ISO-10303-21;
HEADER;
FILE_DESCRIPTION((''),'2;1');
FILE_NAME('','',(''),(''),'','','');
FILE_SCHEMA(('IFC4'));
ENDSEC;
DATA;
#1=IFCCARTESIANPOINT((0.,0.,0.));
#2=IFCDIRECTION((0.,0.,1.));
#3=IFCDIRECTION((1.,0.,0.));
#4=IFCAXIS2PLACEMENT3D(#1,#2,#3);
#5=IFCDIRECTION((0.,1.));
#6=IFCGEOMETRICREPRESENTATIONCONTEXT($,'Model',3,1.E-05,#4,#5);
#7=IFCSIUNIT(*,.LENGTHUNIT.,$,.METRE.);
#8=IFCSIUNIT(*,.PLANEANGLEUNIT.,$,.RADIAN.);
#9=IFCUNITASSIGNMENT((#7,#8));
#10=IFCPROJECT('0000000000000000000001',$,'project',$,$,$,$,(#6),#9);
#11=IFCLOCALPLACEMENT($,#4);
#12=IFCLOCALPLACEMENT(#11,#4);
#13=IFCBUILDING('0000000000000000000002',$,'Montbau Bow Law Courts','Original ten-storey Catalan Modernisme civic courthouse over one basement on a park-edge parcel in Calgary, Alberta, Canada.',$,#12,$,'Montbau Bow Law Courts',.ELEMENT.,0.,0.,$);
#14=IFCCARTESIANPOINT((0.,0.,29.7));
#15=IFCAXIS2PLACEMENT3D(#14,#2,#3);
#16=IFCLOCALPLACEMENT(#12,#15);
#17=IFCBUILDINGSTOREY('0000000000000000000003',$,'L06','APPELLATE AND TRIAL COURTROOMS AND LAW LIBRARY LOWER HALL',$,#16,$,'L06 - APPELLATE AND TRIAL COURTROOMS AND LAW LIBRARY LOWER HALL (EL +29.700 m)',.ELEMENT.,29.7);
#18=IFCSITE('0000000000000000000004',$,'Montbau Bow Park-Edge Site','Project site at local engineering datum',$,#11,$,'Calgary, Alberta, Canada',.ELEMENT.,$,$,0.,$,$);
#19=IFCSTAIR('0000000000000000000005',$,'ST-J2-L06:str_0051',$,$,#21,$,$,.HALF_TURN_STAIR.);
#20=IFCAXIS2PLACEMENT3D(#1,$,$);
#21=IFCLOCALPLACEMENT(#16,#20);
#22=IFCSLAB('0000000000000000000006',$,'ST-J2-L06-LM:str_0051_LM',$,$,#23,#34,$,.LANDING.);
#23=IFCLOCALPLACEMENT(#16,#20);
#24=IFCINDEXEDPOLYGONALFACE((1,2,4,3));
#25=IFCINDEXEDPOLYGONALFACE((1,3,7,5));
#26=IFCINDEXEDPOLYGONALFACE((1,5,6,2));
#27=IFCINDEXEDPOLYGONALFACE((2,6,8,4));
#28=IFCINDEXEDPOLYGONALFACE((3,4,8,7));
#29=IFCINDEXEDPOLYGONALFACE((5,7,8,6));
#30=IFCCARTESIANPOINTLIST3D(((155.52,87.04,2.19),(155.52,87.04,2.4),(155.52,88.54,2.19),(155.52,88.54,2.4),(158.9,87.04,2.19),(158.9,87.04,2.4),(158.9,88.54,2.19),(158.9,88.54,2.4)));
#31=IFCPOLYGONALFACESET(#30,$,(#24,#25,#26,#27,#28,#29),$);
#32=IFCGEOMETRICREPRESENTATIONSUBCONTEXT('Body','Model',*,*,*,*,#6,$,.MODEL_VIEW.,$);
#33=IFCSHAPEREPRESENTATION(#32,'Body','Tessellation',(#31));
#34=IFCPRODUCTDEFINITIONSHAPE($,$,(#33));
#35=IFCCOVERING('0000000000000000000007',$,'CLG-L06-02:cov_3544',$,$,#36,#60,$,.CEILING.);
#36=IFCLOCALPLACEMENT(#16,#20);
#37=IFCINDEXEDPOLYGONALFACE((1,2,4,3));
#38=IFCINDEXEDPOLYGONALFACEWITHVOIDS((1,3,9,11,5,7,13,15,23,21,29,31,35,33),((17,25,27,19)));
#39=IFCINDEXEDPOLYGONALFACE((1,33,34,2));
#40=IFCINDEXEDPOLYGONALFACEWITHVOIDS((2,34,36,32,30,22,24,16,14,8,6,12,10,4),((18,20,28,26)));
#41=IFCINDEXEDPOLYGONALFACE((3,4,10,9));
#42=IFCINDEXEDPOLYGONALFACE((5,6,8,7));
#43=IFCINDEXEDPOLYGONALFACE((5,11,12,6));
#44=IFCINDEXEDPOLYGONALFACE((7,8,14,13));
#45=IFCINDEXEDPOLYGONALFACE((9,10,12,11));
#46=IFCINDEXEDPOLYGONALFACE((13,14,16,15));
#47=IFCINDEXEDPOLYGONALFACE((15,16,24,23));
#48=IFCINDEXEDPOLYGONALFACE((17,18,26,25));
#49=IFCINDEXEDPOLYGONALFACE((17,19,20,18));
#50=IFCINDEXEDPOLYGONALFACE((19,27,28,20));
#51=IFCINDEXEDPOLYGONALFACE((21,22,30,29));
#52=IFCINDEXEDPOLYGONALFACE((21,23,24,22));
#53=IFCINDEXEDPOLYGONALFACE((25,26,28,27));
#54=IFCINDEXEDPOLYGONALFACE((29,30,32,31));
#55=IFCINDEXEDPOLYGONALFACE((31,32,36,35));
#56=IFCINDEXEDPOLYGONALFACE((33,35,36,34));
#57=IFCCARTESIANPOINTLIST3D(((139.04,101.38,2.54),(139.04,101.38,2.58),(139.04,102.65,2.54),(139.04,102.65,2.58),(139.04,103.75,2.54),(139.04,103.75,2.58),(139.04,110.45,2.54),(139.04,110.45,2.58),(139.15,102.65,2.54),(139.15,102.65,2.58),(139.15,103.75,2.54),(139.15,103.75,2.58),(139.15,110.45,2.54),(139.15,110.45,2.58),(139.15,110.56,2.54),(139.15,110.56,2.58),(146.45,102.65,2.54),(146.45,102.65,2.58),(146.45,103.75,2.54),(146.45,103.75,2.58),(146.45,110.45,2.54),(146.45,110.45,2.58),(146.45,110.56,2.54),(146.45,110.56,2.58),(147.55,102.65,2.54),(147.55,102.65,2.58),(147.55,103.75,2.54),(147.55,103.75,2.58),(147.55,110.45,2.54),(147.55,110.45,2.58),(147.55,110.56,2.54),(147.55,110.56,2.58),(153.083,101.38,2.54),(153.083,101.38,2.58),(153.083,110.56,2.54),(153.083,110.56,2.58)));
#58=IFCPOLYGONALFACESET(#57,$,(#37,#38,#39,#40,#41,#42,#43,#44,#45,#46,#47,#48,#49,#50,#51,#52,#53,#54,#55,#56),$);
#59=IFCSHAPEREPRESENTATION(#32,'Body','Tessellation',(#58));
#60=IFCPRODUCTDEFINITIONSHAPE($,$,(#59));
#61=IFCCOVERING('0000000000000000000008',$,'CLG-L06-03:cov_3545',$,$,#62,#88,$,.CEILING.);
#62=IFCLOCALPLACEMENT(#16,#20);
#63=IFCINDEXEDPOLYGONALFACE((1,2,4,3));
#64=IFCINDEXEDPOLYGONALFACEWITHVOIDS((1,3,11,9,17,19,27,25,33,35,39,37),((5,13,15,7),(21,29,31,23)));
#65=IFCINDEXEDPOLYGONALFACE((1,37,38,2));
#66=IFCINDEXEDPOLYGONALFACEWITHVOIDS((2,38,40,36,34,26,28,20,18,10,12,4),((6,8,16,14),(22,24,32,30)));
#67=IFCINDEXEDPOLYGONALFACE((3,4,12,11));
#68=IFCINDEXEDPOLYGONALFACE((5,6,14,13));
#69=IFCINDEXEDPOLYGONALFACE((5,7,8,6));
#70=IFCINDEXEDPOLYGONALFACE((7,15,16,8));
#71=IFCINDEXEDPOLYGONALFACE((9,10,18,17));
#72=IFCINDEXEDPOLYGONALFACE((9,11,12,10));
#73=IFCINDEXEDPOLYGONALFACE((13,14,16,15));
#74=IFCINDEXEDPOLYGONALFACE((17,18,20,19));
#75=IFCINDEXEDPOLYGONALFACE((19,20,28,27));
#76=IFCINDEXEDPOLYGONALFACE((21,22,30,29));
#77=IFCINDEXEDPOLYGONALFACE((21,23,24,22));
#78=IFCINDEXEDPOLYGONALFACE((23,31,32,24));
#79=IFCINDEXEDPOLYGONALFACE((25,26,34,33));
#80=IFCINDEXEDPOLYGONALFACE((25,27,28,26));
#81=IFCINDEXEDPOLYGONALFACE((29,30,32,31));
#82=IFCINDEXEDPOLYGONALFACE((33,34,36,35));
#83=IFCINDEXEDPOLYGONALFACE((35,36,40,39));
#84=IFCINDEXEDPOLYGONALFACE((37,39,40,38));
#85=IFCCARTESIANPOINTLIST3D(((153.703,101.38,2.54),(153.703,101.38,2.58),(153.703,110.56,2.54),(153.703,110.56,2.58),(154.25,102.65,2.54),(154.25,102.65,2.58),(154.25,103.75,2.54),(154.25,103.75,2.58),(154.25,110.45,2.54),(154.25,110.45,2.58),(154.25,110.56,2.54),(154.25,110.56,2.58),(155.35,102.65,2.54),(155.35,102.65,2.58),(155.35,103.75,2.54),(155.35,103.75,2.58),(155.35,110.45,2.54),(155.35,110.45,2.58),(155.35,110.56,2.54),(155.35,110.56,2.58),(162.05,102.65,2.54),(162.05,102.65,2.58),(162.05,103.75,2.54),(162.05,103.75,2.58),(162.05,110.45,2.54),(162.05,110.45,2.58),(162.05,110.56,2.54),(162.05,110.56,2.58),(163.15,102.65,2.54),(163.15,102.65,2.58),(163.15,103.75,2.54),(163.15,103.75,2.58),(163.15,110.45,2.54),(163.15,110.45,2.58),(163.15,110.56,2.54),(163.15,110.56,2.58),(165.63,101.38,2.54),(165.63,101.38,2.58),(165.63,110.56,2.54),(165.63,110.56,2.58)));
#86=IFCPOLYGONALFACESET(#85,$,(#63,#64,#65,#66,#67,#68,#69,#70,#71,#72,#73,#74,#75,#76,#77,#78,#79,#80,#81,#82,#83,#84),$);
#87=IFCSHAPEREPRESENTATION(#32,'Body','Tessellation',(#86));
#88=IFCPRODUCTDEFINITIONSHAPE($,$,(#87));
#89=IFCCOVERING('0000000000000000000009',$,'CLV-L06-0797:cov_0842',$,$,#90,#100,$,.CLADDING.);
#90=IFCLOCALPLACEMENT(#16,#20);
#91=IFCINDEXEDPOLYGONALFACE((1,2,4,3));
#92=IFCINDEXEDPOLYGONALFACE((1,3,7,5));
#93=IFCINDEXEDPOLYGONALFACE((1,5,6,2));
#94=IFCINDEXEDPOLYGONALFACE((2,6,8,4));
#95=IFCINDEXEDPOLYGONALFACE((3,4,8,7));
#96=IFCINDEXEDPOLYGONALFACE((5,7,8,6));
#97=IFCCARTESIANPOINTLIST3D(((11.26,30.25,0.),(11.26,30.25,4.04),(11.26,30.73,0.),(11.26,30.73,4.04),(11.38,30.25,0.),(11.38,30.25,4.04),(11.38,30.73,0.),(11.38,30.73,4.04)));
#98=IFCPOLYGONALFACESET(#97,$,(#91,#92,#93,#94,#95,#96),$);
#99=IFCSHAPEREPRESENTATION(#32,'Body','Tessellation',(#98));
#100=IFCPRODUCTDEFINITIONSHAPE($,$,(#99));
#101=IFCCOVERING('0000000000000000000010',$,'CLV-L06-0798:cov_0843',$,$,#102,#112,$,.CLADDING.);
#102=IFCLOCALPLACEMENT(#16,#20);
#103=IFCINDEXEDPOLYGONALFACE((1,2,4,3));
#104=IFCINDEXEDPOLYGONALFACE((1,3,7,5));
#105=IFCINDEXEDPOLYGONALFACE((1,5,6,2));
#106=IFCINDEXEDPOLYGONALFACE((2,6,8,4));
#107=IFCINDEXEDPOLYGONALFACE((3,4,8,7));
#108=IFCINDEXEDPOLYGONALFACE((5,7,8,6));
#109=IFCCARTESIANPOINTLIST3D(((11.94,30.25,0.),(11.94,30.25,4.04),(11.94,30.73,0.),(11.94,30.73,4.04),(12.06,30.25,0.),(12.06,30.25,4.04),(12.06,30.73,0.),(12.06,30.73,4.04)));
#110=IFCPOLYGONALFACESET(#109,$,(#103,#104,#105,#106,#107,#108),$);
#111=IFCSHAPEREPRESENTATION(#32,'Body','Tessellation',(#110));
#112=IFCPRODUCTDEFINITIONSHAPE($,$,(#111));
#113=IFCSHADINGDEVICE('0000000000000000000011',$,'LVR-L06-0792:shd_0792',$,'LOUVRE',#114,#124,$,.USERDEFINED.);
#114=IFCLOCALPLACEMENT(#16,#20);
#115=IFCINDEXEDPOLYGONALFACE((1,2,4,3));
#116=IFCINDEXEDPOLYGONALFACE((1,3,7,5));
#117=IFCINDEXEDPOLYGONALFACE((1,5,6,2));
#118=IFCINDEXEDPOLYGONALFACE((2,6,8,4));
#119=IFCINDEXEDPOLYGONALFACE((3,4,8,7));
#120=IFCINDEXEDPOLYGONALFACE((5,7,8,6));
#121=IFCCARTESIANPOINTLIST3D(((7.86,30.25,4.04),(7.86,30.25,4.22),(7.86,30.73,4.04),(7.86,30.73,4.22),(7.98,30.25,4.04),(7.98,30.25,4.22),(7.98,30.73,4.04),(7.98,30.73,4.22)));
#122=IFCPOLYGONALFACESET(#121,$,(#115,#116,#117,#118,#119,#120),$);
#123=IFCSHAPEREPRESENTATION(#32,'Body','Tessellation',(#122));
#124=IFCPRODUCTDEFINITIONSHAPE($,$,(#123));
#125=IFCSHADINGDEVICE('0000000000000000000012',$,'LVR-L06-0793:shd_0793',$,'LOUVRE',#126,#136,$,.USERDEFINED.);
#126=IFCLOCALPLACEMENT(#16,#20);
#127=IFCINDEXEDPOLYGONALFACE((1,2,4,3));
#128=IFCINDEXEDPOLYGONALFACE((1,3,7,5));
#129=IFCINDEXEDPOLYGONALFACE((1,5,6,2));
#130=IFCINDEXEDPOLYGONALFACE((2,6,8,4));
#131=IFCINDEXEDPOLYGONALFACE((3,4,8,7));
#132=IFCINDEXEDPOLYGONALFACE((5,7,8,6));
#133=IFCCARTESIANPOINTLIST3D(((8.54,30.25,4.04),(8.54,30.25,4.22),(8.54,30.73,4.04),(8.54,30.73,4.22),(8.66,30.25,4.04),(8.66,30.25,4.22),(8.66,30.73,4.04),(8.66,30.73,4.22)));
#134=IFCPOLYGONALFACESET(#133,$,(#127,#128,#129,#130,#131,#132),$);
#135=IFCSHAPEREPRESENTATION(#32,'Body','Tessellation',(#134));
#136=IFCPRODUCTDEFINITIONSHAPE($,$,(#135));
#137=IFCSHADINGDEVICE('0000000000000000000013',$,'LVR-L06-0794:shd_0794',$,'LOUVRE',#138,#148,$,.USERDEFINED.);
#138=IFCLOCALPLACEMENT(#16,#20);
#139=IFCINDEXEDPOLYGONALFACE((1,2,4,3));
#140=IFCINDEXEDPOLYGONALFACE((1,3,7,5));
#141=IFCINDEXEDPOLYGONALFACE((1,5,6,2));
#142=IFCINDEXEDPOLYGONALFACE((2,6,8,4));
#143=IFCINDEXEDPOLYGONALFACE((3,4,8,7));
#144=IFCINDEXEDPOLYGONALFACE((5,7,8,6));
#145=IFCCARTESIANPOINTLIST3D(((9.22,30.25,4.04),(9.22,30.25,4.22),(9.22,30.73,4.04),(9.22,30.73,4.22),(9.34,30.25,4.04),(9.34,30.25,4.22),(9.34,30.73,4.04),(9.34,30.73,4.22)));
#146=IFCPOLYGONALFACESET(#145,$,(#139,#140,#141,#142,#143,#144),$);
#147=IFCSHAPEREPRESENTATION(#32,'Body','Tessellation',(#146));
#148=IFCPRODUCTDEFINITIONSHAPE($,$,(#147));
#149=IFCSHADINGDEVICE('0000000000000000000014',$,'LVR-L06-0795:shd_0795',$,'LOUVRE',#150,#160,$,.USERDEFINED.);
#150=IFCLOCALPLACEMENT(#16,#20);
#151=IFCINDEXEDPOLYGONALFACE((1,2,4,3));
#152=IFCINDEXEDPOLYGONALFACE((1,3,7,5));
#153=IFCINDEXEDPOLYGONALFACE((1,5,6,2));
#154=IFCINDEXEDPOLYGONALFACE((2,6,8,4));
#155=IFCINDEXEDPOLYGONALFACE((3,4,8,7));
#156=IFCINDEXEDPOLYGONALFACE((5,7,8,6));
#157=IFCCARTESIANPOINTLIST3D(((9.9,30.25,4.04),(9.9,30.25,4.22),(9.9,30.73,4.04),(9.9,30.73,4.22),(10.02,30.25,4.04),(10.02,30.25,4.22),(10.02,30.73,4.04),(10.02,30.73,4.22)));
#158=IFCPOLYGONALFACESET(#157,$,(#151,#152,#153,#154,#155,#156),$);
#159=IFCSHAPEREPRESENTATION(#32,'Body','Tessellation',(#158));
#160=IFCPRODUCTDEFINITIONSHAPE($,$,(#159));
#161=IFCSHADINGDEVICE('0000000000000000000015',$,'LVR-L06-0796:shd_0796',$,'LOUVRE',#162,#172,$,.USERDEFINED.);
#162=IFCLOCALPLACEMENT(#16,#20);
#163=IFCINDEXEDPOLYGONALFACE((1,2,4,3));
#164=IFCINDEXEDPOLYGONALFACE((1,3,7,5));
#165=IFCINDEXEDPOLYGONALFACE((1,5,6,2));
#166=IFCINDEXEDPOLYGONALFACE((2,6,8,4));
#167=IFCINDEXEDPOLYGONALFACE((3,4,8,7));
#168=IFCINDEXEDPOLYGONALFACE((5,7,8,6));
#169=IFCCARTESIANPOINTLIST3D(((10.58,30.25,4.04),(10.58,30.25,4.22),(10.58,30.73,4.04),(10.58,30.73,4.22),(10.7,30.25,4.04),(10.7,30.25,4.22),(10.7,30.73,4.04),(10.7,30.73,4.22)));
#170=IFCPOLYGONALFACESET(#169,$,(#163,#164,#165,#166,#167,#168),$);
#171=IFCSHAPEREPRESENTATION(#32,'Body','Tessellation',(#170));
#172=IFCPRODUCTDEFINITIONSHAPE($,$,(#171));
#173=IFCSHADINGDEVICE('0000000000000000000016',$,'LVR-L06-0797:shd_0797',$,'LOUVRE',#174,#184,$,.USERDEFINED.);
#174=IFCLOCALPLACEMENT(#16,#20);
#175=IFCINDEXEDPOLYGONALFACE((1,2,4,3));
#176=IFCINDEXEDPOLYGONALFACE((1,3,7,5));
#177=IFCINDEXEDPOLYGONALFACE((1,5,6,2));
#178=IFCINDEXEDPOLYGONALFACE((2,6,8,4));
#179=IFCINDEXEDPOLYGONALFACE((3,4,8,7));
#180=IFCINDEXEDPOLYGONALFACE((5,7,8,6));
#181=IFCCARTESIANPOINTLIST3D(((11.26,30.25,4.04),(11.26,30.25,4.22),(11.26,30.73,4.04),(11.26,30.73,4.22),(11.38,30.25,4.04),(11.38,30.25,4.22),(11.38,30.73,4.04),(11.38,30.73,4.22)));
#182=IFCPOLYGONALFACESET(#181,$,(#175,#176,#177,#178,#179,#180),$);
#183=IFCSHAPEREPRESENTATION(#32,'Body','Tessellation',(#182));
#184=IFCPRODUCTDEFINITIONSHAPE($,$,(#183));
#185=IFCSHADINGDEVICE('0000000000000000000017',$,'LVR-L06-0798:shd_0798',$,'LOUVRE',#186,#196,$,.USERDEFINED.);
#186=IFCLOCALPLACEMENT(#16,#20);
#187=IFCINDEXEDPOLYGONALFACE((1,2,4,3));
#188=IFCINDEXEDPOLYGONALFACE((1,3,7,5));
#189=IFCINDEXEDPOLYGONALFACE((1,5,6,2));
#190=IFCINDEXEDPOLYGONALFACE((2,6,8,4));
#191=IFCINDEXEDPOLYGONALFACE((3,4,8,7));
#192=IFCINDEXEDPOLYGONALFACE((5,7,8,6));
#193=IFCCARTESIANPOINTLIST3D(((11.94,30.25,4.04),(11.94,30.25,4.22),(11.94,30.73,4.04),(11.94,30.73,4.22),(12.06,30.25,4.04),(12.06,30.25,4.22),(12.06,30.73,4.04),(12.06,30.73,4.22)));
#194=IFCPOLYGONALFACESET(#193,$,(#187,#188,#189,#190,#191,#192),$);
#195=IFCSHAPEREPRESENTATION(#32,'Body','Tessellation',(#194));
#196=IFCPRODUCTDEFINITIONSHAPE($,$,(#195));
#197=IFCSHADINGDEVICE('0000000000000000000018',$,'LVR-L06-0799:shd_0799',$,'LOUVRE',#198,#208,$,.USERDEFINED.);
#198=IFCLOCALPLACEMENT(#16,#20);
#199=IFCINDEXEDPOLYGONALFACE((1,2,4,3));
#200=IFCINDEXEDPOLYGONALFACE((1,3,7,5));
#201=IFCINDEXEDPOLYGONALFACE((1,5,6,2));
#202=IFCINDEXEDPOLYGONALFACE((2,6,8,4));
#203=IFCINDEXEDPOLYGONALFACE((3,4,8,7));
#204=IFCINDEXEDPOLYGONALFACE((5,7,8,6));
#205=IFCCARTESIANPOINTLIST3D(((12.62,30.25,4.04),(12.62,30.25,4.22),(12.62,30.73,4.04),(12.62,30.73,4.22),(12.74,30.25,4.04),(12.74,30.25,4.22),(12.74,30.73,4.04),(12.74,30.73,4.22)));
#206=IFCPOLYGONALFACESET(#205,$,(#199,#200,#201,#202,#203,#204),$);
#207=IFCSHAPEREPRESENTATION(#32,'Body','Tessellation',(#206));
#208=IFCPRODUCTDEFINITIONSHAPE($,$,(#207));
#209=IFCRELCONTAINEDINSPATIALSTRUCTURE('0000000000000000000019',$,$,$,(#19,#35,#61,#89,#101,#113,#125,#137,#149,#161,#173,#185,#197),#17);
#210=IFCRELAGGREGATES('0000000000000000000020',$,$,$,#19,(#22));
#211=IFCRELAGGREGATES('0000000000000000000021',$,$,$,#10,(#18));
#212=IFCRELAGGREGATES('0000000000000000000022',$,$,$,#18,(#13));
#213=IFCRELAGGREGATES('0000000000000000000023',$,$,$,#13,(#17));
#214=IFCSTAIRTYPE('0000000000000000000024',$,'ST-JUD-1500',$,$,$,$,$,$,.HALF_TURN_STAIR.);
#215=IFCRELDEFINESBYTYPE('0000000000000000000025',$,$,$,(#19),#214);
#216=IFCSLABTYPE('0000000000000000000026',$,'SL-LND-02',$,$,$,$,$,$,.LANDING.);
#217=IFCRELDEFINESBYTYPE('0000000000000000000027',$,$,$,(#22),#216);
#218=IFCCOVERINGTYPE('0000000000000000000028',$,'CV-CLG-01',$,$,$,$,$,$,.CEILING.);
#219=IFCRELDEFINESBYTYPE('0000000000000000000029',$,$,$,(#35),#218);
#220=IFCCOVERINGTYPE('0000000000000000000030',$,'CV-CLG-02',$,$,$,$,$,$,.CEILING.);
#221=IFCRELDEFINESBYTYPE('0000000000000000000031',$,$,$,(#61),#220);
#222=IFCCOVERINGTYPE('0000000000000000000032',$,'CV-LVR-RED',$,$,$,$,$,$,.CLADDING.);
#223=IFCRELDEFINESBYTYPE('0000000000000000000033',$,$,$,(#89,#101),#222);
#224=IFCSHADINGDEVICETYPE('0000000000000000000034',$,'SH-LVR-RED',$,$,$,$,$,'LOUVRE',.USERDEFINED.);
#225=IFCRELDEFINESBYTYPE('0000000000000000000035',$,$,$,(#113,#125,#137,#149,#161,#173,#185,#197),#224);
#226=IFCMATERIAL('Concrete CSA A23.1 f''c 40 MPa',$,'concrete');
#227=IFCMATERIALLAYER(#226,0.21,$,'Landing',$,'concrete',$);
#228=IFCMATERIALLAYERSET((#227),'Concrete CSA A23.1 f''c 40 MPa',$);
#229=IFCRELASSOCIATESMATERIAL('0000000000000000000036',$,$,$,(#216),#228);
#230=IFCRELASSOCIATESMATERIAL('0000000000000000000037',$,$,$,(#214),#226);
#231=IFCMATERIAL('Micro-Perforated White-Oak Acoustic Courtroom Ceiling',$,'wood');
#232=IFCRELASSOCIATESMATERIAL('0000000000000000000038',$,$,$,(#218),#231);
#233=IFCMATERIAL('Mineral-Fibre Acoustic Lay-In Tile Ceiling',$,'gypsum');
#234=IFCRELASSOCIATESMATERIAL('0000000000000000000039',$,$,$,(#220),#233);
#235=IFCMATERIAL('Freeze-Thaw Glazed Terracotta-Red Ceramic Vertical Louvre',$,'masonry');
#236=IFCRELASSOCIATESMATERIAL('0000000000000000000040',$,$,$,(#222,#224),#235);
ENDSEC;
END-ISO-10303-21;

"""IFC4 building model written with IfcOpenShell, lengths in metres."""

from ifc_helpers import new_model, si_unit, direction, frame, frame_2d, origin_with_axes, origin_2d_with_axis, place, context, subcontext, project, spatial, polyline, rectangle, outline, extrude, material, layer, layer_set, type_object, element, aggregate, save


model = new_model("IFC4")

# Units and contexts
model_context = context("Model", 3, precision=1e-05, world=origin_with_axes(), true_north=direction((0.0, 1.0)))
body_context = subcontext(model_context, "Body", "Model", "MODEL_VIEW")
ifc_project = project(units=[si_unit("LENGTHUNIT", "METRE"), si_unit("PLANEANGLEUNIT", "RADIAN")], contexts=[model_context])

# Site, building, storey
site_placement = place(None, origin_with_axes())
site = spatial("IfcSite", under=ifc_project, at=site_placement, Name="Montbau Bow Park-Edge Site", Description="Project site at local engineering datum", LongName="Calgary, Alberta, Canada", CompositionType="ELEMENT", RefElevation=0.0)
building_placement = place(site_placement, origin_with_axes())
building = spatial("IfcBuilding", under=site, at=building_placement, Name="Montbau Bow Law Courts", Description="Original ten-storey Catalan Modernisme civic courthouse over one basement on a park-edge parcel in Calgary, Alberta, Canada.", LongName="Montbau Bow Law Courts", CompositionType="ELEMENT", ElevationOfRefHeight=0.0, ElevationOfTerrain=0.0)
storey_placement = place(building_placement, frame((0.0, 0.0, 29.7), z_axis=(0.0, 0.0, 1.0), x_axis=(1.0, 0.0, 0.0)))
storey = spatial("IfcBuildingStorey", under=building, at=storey_placement, Name="L06", Description="APPELLATE AND TRIAL COURTROOMS AND LAW LIBRARY LOWER HALL", LongName="L06 - APPELLATE AND TRIAL COURTROOMS AND LAW LIBRARY LOWER HALL (EL +29.700 m)", CompositionType="ELEMENT", Elevation=29.7)

# Shared definitions
ifc_material_1 = material(Name="Concrete CSA A23.1 f'c 40 MPa", Category="concrete")

# Shared definitions
ifc_layer_1 = layer(ifc_material_1, 0.21, Name="Landing", Category="concrete")
ifc_layer_set_1 = layer_set([ifc_layer_1], Name="Concrete CSA A23.1 f'c 40 MPa")
slab_type_1 = type_object("IfcSlabType", Name="SL-LND-02", PredefinedType="LANDING", material=ifc_layer_set_1)
stair_type_1 = type_object("IfcStairType", Name="ST-JUD-1500", PredefinedType="HALF_TURN_STAIR", material=ifc_material_1)

# Stair, slab
stair_1_placement = place(None, frame((156.265, 92.7, 29.7), z_axis=(0.0, 0.0, 1.0), x_axis=(1.0, 0.0, 0.0)))
stair_1 = element("IfcStair", 1, at=stair_1_placement, inside=storey, type_object=stair_type_1, Name="ST-J2-L06:str_0051", PredefinedType="HALF_TURN_STAIR")
slab_1_placement = place(None, frame((0.0, 0.0, 31.89), z_axis=(0.0, 0.0, 1.0), x_axis=(1.0, 0.0, 0.0)))
slab_1 = element("IfcSlab", 2, at=slab_1_placement, type_object=slab_type_1, Name="ST-J2-L06-LM:str_0051_LM", PredefinedType="LANDING", context=body_context, shape_type="SweptSolid", body=[
    extrude(outline(polyline([(155.52, 87.04), (158.9, 87.04), (158.9, 88.54), (155.52, 88.54), (155.52, 87.04)])), origin_with_axes(), (0.0, 0.0, 1.0), 0.21),
])
aggregate(stair_1, [slab_1])

# Coverings
ifc_material_2 = material(Name="Micro-Perforated White-Oak Acoustic Courtroom Ceiling", Category="wood")
covering_type_1 = type_object("IfcCoveringType", Name="CV-CLG-01", PredefinedType="CEILING", material=ifc_material_2)
covering_1_placement = place(None, frame((0.0, 0.0, 32.24), z_axis=(0.0, 0.0, 1.0), x_axis=(1.0, 0.0, 0.0)))
element("IfcCovering", 3, at=covering_1_placement, inside=storey, type_object=covering_type_1, Name="CLG-L06-02:cov_3544", PredefinedType="CEILING", context=body_context, shape_type="SweptSolid", body=[
    extrude(outline(polyline([(146.45, 110.56), (146.45, 110.45), (147.55, 110.45), (147.55, 110.56), (153.083, 110.56), (153.083, 101.38), (139.04, 101.38), (139.04, 102.65), (139.15, 102.65), (139.15, 103.75), (139.04, 103.75), (139.04, 110.45), (139.15, 110.45), (139.15, 110.56), (146.45, 110.56)]), holes=[polyline([(146.45, 103.75), (146.45, 102.65), (147.55, 102.65), (147.55, 103.75), (146.45, 103.75)])]), origin_with_axes(), (0.0, 0.0, 1.0), 0.04),
])
ifc_material_3 = material(Name="Mineral-Fibre Acoustic Lay-In Tile Ceiling", Category="gypsum")
covering_type_2 = type_object("IfcCoveringType", Name="CV-CLG-02", PredefinedType="CEILING", material=ifc_material_3)
covering_2_placement = place(None, frame((0.0, 0.0, 32.24), z_axis=(0.0, 0.0, 1.0), x_axis=(1.0, 0.0, 0.0)))
element("IfcCovering", 4, at=covering_2_placement, inside=storey, type_object=covering_type_2, Name="CLG-L06-03:cov_3545", PredefinedType="CEILING", context=body_context, shape_type="SweptSolid", body=[
    extrude(outline(polyline([(154.25, 110.56), (154.25, 110.45), (155.35, 110.45), (155.35, 110.56), (162.05, 110.56), (162.05, 110.45), (163.15, 110.45), (163.15, 110.56), (165.63, 110.56), (165.63, 101.38), (153.703, 101.38), (153.703, 110.56), (154.25, 110.56)]), holes=[polyline([(154.25, 103.75), (154.25, 102.65), (155.35, 102.65), (155.35, 103.75), (154.25, 103.75)]), polyline([(162.05, 102.65), (163.15, 102.65), (163.15, 103.75), (162.05, 103.75), (162.05, 102.65)])]), origin_with_axes(), (0.0, 0.0, 1.0), 0.04),
])
ifc_material_4 = material(Name="Freeze-Thaw Glazed Terracotta-Red Ceramic Vertical Louvre", Category="masonry")
covering_type_3 = type_object("IfcCoveringType", Name="CV-LVR-RED", PredefinedType="CLADDING", material=ifc_material_4)
for number, where, z_axis, x_axis, name in (
    (5, (11.32, 30.73, 29.7), (-1.0, 0.0, 0.0), (0.0, -1.0, 0.0), "CLV-L06-0797:cov_0842"),
    (6, (12.0, 30.73, 29.7), (-1.0, 0.0, 0.0), (0.0, -1.0, 0.0), "CLV-L06-0798:cov_0843"),
):
    element("IfcCovering", number, at=place(None, frame(where, z_axis=z_axis, x_axis=x_axis)), inside=storey, type_object=covering_type_3, Name=name, PredefinedType="CLADDING", context=body_context, shape_type="SweptSolid", body=[
        extrude(rectangle(XDim=0.48, YDim=4.04, at=frame_2d((0.24, 2.02), x_axis=(1.0, 0.0))), frame((0.0, 0.0, -0.06), z_axis=(0.0, 0.0, 1.0), x_axis=(1.0, 0.0, 0.0)), (0.0, 0.0, 1.0), 0.12),
    ])

# Shading devices
shading_device_type = type_object("IfcShadingDeviceType", Name="SH-LVR-RED", ElementType="LOUVRE", PredefinedType="USERDEFINED", material=ifc_material_4)
for number, where, z_axis, x_axis, name in (
    (7, (7.92, 30.49, 33.74), (0.0, 0.0, 1.0), (0.0, -1.0, 0.0), "LVR-L06-0792:shd_0792"),
    (8, (8.6, 30.49, 33.74), (0.0, 0.0, 1.0), (0.0, -1.0, 0.0), "LVR-L06-0793:shd_0793"),
    (9, (9.28, 30.49, 33.74), (0.0, 0.0, 1.0), (0.0, -1.0, 0.0), "LVR-L06-0794:shd_0794"),
    (10, (9.96, 30.49, 33.74), (0.0, 0.0, 1.0), (0.0, -1.0, 0.0), "LVR-L06-0795:shd_0795"),
    (11, (10.64, 30.49, 33.74), (0.0, 0.0, 1.0), (0.0, -1.0, 0.0), "LVR-L06-0796:shd_0796"),
    (12, (11.32, 30.49, 33.74), (0.0, 0.0, 1.0), (0.0, -1.0, 0.0), "LVR-L06-0797:shd_0797"),
    (13, (12.0, 30.49, 33.74), (0.0, 0.0, 1.0), (0.0, -1.0, 0.0), "LVR-L06-0798:shd_0798"),
    (14, (12.68, 30.49, 33.74), (0.0, 0.0, 1.0), (0.0, -1.0, 0.0), "LVR-L06-0799:shd_0799"),
):
    element("IfcShadingDevice", number, at=place(None, frame(where, z_axis=z_axis, x_axis=x_axis)), inside=storey, type_object=shading_device_type, Name=name, ObjectType="LOUVRE", PredefinedType="USERDEFINED", context=body_context, shape_type="SweptSolid", body=[
        extrude(rectangle(XDim=0.48, YDim=0.12, at=origin_2d_with_axis()), origin_with_axes(), (0.0, 0.0, 1.0), 0.18),
    ])

save(model, "model.ifc")
